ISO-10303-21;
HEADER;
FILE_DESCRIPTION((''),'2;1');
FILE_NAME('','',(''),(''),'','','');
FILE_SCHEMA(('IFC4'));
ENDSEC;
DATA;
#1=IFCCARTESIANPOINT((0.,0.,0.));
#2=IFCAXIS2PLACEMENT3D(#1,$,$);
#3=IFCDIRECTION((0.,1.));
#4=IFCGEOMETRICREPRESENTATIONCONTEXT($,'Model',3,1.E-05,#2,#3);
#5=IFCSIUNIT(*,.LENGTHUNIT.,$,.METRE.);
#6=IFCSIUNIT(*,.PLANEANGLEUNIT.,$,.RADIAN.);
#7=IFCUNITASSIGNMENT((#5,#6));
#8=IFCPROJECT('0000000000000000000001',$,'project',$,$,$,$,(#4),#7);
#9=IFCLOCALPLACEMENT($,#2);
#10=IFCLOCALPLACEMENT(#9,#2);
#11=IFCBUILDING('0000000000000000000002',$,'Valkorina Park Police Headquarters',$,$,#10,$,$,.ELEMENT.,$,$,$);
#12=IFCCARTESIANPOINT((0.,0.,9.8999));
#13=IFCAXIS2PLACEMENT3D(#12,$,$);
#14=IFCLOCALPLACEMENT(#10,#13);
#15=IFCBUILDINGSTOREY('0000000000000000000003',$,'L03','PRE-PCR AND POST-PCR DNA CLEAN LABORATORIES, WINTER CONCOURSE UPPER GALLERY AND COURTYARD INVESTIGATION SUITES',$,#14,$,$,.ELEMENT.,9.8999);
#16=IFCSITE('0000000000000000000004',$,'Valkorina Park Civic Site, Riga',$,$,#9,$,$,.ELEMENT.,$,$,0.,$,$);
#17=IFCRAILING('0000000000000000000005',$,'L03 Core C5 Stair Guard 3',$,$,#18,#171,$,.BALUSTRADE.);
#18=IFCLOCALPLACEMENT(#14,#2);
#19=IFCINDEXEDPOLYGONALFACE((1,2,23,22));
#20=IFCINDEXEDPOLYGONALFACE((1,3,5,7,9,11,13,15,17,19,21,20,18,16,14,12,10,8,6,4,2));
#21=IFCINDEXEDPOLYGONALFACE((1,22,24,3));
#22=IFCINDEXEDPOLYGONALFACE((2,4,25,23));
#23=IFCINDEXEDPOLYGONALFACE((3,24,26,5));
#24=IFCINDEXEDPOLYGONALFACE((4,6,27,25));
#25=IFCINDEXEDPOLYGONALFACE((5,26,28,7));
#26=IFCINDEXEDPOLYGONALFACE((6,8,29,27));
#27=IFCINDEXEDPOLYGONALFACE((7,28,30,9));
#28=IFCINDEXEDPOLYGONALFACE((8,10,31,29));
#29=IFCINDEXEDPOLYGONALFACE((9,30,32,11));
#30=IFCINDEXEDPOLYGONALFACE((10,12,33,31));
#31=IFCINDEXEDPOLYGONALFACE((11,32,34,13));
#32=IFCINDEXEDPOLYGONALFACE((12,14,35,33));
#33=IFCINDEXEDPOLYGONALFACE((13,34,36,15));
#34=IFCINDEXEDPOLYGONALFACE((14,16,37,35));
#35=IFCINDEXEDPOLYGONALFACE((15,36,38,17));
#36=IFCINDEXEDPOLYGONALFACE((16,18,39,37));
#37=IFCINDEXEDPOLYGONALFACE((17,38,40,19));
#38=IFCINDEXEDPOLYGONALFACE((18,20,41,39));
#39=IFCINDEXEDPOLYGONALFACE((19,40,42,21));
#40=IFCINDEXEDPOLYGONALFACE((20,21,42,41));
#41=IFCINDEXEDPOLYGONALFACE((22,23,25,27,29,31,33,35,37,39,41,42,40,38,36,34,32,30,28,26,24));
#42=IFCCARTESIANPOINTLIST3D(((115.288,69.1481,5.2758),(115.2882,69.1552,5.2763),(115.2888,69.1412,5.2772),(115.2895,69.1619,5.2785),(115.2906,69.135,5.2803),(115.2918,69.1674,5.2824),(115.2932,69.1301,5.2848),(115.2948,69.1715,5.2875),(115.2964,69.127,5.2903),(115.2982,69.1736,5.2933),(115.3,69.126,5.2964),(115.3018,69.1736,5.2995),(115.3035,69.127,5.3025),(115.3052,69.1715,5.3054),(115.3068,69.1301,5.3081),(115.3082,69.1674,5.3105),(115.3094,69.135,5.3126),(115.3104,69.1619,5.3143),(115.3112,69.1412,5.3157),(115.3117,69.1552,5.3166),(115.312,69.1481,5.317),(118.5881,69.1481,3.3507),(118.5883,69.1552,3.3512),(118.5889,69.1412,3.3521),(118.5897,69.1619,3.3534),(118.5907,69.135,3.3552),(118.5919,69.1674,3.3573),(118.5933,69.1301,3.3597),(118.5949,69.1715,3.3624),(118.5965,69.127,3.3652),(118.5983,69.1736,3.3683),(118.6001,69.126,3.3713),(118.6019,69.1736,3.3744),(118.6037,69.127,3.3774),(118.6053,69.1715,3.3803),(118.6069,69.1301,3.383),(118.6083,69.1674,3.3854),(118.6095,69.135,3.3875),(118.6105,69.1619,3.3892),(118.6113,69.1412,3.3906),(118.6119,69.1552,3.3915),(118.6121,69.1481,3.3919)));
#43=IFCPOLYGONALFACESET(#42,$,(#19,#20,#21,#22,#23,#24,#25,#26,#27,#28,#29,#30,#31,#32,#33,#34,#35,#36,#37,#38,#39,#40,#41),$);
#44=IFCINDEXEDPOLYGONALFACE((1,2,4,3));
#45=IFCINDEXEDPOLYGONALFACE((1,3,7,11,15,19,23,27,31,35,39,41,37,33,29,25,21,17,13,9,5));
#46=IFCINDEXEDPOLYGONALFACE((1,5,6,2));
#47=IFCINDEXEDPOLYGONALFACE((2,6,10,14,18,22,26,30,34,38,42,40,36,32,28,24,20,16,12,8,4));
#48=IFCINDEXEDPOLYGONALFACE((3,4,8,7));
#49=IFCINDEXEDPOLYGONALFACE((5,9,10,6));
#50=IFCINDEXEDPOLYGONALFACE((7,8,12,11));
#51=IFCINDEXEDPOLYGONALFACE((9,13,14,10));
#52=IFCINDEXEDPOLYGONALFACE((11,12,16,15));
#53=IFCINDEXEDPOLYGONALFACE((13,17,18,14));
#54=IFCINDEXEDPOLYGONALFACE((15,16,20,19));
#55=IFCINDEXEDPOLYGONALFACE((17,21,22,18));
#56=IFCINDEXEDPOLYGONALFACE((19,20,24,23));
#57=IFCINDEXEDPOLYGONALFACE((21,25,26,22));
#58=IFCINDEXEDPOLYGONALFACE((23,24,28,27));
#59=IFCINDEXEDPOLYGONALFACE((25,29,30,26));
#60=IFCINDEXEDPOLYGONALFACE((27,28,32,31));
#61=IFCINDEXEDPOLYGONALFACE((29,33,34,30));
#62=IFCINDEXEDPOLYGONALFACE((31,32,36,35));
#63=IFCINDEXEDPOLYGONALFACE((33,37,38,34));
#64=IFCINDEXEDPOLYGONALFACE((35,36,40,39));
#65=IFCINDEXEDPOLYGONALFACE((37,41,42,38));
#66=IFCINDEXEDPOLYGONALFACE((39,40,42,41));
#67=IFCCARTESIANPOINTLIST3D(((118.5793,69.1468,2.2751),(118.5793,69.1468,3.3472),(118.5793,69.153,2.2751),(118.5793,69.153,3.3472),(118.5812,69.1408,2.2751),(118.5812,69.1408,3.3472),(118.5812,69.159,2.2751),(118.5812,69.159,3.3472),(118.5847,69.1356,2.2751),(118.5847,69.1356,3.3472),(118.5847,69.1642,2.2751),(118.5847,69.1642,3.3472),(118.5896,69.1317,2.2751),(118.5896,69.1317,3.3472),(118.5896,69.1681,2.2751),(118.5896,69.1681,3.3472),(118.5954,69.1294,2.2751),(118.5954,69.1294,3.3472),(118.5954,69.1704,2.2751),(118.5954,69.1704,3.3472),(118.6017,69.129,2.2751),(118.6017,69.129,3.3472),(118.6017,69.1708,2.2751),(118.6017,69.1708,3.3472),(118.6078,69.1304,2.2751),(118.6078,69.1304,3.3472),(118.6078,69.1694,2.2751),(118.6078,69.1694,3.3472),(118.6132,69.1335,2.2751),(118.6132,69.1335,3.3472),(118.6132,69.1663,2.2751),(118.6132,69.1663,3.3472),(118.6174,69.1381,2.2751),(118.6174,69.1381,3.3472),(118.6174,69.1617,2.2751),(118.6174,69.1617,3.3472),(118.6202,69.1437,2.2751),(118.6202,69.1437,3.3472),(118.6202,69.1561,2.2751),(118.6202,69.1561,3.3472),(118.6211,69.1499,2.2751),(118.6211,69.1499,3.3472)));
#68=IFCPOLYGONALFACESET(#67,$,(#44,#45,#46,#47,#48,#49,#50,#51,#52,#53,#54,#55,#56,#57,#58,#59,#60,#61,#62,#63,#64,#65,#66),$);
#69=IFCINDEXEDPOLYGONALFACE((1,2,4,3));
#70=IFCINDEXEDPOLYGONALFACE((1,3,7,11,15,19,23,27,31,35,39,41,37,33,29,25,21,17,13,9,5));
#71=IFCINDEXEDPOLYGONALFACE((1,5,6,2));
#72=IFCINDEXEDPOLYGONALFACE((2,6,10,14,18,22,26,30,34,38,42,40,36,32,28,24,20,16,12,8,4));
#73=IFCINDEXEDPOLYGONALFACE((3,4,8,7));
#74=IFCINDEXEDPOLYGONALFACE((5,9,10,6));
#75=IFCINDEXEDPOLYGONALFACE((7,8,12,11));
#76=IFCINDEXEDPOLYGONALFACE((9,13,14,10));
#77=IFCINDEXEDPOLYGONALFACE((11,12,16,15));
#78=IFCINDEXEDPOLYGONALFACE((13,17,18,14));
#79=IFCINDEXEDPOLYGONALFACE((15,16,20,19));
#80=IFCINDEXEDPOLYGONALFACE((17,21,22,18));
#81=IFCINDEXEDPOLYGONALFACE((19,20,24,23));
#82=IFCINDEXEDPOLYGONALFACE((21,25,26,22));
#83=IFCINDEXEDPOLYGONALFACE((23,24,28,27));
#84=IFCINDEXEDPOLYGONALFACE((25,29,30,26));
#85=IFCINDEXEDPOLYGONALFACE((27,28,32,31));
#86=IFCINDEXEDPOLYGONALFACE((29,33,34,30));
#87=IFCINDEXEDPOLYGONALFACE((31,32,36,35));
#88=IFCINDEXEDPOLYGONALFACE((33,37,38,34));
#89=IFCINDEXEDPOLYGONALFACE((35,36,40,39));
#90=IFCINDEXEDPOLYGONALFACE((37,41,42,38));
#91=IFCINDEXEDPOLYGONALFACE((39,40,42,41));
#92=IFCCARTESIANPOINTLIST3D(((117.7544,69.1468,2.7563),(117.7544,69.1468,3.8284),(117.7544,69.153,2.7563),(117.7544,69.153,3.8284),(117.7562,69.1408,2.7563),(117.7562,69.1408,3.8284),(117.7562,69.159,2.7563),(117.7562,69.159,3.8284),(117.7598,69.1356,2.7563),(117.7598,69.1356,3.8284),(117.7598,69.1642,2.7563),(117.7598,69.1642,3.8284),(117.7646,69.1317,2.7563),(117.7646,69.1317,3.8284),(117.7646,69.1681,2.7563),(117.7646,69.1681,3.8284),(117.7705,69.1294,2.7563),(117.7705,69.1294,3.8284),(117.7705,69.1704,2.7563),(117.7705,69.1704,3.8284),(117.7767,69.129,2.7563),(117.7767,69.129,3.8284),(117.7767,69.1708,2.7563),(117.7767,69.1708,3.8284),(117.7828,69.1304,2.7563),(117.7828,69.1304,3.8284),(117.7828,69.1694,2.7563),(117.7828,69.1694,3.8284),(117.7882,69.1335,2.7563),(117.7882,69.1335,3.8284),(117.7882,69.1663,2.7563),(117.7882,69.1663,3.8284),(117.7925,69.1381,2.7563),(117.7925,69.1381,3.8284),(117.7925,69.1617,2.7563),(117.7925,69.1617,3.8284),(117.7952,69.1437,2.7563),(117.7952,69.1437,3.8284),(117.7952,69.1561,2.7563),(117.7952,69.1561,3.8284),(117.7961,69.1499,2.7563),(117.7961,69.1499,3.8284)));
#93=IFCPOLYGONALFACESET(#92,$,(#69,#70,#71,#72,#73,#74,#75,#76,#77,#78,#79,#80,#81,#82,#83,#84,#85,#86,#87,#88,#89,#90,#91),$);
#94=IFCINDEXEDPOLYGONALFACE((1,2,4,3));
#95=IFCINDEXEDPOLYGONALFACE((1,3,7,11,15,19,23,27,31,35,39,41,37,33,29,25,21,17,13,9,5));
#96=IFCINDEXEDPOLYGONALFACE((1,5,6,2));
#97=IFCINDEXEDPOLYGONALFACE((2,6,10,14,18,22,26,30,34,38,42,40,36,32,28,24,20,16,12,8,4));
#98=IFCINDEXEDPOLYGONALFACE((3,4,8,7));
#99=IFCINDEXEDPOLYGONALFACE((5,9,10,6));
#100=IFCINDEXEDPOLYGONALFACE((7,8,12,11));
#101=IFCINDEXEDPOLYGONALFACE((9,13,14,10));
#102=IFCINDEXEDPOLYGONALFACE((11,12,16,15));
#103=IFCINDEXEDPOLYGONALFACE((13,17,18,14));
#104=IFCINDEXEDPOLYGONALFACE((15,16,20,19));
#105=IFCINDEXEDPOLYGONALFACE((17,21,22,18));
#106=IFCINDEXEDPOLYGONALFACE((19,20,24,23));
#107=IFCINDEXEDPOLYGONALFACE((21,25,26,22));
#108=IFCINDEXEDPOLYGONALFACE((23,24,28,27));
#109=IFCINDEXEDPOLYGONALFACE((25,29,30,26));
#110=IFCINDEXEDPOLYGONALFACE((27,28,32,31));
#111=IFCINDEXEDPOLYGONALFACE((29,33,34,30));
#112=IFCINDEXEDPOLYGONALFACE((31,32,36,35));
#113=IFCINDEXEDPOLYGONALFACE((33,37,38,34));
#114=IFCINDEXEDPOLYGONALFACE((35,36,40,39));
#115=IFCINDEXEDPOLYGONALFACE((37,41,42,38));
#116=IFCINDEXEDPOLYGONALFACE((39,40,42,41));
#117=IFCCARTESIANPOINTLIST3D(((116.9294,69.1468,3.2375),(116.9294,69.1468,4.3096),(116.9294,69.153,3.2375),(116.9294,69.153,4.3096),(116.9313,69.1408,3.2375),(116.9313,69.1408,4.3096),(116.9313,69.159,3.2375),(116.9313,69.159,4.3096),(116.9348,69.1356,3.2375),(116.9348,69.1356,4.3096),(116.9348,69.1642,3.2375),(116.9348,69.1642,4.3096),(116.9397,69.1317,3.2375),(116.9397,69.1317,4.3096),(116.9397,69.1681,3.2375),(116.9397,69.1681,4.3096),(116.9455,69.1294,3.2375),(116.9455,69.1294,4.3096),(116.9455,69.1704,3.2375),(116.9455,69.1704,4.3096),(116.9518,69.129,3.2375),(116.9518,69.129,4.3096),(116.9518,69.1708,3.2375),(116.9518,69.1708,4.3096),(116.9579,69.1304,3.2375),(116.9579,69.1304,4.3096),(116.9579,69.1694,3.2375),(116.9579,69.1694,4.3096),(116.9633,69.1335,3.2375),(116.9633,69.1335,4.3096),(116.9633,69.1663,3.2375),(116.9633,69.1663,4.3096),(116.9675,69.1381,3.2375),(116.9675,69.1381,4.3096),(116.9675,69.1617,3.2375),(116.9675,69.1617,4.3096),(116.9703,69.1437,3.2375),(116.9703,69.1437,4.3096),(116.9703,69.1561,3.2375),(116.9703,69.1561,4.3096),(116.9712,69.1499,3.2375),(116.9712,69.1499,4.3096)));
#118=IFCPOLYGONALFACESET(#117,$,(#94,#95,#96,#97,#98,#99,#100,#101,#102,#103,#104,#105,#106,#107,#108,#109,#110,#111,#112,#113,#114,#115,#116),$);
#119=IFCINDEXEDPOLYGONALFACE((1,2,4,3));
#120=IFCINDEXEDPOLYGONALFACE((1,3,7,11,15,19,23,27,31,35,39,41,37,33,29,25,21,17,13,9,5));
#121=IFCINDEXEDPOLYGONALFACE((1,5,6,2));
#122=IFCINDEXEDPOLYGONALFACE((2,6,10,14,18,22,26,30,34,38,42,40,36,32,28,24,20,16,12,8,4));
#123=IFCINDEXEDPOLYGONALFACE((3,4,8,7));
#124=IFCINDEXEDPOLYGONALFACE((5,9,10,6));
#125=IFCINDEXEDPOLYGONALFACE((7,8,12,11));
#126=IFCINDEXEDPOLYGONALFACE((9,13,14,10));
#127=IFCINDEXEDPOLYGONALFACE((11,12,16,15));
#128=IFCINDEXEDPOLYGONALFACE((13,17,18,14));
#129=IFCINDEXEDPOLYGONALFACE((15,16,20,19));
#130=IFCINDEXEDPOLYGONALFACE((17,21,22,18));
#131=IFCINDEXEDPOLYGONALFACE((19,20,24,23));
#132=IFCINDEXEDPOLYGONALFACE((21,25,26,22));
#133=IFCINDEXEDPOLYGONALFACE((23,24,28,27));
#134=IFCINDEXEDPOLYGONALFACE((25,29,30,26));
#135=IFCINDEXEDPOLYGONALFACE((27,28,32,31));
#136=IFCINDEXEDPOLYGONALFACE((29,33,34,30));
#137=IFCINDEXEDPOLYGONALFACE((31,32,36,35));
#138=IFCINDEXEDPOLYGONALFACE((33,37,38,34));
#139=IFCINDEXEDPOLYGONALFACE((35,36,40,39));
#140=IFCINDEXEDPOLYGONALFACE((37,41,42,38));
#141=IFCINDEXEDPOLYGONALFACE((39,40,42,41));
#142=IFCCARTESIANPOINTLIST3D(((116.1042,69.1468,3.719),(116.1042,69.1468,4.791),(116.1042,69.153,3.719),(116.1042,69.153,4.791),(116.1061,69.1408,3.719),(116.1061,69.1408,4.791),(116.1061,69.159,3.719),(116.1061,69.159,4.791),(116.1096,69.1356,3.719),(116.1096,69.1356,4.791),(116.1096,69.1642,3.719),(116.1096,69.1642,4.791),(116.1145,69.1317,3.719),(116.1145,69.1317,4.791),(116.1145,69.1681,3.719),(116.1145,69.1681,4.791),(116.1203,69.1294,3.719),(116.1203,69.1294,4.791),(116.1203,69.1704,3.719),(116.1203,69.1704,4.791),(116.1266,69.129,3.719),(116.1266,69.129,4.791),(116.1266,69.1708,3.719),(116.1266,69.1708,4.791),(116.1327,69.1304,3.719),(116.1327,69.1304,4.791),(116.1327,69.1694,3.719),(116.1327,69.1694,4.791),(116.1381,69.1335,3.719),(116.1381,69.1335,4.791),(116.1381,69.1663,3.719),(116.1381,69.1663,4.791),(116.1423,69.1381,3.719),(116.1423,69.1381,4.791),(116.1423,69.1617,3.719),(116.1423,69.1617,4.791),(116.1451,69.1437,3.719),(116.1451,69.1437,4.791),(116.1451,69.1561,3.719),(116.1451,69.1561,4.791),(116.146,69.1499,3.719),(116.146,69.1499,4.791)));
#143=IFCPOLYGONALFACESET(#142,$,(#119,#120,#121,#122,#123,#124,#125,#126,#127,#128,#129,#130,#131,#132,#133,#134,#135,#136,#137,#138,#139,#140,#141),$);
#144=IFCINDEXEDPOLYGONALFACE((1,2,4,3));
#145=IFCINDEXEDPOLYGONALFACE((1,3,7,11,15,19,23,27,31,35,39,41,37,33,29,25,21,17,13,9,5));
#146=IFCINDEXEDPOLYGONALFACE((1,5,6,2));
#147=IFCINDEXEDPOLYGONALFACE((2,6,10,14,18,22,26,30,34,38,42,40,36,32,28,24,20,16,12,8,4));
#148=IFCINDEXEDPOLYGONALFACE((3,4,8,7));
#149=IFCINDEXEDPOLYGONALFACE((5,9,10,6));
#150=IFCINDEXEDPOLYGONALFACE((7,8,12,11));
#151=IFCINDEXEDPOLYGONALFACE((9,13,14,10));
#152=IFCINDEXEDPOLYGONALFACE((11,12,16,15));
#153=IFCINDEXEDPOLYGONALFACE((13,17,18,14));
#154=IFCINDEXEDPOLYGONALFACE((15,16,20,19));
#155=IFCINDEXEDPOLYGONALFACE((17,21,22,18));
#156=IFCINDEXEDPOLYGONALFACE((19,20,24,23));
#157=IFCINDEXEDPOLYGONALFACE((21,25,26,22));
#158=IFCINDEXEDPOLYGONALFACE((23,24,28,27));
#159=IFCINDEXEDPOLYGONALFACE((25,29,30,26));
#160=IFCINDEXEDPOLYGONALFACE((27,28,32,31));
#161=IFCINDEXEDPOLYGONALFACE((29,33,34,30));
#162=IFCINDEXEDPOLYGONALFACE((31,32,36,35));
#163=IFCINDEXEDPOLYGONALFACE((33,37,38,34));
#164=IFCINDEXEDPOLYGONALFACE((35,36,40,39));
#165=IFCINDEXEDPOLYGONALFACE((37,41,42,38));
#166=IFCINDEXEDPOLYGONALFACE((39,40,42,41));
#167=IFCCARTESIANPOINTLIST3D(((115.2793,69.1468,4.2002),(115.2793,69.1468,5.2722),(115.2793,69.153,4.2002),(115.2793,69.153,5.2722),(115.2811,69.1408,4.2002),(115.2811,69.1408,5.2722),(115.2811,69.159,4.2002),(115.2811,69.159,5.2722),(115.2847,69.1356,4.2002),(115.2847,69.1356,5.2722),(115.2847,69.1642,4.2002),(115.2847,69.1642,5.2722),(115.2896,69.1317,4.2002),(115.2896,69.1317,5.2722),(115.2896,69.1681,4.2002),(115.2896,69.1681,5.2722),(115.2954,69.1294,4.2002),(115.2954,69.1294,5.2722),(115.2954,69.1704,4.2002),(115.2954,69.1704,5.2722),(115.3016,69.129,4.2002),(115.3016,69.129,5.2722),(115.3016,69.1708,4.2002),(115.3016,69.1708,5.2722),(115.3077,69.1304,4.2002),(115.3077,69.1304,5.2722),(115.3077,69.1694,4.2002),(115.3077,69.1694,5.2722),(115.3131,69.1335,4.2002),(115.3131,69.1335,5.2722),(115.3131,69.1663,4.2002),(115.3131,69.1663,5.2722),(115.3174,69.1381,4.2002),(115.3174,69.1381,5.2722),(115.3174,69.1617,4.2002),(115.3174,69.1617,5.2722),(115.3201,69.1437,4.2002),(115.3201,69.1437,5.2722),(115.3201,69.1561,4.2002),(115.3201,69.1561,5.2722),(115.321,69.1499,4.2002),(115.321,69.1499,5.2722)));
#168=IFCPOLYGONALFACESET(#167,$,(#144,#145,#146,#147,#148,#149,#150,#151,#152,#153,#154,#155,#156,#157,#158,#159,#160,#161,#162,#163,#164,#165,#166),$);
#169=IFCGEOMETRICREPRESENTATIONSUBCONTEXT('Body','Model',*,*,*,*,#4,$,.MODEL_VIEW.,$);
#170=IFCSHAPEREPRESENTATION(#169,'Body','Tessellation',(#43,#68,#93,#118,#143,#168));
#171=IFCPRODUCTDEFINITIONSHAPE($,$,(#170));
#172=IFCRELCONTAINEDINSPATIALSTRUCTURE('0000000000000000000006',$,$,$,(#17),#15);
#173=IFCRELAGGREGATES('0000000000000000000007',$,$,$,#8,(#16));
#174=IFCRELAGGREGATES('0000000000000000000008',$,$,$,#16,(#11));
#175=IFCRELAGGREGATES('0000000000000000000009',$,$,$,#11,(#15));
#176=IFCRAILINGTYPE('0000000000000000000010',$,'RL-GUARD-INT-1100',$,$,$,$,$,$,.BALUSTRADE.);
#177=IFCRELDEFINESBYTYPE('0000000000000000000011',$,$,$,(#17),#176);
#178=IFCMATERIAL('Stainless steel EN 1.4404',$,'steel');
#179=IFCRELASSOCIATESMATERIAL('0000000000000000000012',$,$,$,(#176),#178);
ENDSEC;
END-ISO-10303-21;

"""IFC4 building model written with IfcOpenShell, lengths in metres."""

from ifc_helpers import new_model, si_unit, direction, frame, origin, origin_2d, place, context, subcontext, project, spatial, circle, extrude, material, type_object, element, save


model = new_model("IFC4")

# Units and contexts
model_context = context("Model", 3, precision=1e-05, world=origin(), true_north=direction((0.0, 1.0)))
body_context = subcontext(model_context, "Body", "Model", "MODEL_VIEW")
ifc_project = project(units=[si_unit("LENGTHUNIT", "METRE"), si_unit("PLANEANGLEUNIT", "RADIAN")], contexts=[model_context])

# Site, building, storey
site_placement = place(None, origin())
site = spatial("IfcSite", under=ifc_project, at=site_placement, Name="Valkorina Park Civic Site, Riga", CompositionType="ELEMENT", RefElevation=0.0)
building_placement = place(site_placement, origin())
building = spatial("IfcBuilding", under=site, at=building_placement, Name="Valkorina Park Police Headquarters", CompositionType="ELEMENT")
storey_placement = place(building_placement, frame((0.0, 0.0, 9.8999)))
storey = spatial("IfcBuildingStorey", under=building, at=storey_placement, Name="L03", Description="PRE-PCR AND POST-PCR DNA CLEAN LABORATORIES, WINTER CONCOURSE UPPER GALLERY AND COURTYARD INVESTIGATION SUITES", CompositionType="ELEMENT", Elevation=9.8999)

# Railing
ifc_material_1 = material(Name="Stainless steel EN 1.4404", Category="steel")
railing_type_1 = type_object("IfcRailingType", Name="RL-GUARD-INT-1100", PredefinedType="BALUSTRADE", material=ifc_material_1)
railing_1_placement = place(storey_placement, frame((118.6001, 69.1499, 2.2751)))
element("IfcRailing", 1, at=railing_1_placement, inside=storey, type_object=railing_type_1, Name="L03 Core C5 Stair Guard 3", PredefinedType="BALUSTRADE", context=body_context, shape_type="SweptSolid", body=[
    extrude(circle(Radius=0.0239, at=origin_2d()), frame((0.0, 0.0, 1.0962), z_axis=(-0.863777, 0.0, 0.503875), x_axis=(0.0, -1.0, 0.0)), (0.0, 0.0, 1.0), 3.8206),
    extrude(circle(Radius=0.021, at=origin_2d()), origin(), (0.0, 0.0, 1.0), 1.072),
    extrude(circle(Radius=0.021, at=origin_2d()), frame((-0.825, 0.0, 0.4812)), (0.0, 0.0, 1.0), 1.072),
    extrude(circle(Radius=0.021, at=origin_2d()), frame((-1.6499, 0.0, 0.9624)), (0.0, 0.0, 1.0), 1.072),
    extrude(circle(Radius=0.021, at=origin_2d()), frame((-2.4751, 0.0, 1.4438)), (0.0, 0.0, 1.0), 1.072),
    extrude(circle(Radius=0.021, at=origin_2d()), frame((-3.3, 0.0, 1.925)), (0.0, 0.0, 1.0), 1.072),
])

save(model, "model.ifc")
